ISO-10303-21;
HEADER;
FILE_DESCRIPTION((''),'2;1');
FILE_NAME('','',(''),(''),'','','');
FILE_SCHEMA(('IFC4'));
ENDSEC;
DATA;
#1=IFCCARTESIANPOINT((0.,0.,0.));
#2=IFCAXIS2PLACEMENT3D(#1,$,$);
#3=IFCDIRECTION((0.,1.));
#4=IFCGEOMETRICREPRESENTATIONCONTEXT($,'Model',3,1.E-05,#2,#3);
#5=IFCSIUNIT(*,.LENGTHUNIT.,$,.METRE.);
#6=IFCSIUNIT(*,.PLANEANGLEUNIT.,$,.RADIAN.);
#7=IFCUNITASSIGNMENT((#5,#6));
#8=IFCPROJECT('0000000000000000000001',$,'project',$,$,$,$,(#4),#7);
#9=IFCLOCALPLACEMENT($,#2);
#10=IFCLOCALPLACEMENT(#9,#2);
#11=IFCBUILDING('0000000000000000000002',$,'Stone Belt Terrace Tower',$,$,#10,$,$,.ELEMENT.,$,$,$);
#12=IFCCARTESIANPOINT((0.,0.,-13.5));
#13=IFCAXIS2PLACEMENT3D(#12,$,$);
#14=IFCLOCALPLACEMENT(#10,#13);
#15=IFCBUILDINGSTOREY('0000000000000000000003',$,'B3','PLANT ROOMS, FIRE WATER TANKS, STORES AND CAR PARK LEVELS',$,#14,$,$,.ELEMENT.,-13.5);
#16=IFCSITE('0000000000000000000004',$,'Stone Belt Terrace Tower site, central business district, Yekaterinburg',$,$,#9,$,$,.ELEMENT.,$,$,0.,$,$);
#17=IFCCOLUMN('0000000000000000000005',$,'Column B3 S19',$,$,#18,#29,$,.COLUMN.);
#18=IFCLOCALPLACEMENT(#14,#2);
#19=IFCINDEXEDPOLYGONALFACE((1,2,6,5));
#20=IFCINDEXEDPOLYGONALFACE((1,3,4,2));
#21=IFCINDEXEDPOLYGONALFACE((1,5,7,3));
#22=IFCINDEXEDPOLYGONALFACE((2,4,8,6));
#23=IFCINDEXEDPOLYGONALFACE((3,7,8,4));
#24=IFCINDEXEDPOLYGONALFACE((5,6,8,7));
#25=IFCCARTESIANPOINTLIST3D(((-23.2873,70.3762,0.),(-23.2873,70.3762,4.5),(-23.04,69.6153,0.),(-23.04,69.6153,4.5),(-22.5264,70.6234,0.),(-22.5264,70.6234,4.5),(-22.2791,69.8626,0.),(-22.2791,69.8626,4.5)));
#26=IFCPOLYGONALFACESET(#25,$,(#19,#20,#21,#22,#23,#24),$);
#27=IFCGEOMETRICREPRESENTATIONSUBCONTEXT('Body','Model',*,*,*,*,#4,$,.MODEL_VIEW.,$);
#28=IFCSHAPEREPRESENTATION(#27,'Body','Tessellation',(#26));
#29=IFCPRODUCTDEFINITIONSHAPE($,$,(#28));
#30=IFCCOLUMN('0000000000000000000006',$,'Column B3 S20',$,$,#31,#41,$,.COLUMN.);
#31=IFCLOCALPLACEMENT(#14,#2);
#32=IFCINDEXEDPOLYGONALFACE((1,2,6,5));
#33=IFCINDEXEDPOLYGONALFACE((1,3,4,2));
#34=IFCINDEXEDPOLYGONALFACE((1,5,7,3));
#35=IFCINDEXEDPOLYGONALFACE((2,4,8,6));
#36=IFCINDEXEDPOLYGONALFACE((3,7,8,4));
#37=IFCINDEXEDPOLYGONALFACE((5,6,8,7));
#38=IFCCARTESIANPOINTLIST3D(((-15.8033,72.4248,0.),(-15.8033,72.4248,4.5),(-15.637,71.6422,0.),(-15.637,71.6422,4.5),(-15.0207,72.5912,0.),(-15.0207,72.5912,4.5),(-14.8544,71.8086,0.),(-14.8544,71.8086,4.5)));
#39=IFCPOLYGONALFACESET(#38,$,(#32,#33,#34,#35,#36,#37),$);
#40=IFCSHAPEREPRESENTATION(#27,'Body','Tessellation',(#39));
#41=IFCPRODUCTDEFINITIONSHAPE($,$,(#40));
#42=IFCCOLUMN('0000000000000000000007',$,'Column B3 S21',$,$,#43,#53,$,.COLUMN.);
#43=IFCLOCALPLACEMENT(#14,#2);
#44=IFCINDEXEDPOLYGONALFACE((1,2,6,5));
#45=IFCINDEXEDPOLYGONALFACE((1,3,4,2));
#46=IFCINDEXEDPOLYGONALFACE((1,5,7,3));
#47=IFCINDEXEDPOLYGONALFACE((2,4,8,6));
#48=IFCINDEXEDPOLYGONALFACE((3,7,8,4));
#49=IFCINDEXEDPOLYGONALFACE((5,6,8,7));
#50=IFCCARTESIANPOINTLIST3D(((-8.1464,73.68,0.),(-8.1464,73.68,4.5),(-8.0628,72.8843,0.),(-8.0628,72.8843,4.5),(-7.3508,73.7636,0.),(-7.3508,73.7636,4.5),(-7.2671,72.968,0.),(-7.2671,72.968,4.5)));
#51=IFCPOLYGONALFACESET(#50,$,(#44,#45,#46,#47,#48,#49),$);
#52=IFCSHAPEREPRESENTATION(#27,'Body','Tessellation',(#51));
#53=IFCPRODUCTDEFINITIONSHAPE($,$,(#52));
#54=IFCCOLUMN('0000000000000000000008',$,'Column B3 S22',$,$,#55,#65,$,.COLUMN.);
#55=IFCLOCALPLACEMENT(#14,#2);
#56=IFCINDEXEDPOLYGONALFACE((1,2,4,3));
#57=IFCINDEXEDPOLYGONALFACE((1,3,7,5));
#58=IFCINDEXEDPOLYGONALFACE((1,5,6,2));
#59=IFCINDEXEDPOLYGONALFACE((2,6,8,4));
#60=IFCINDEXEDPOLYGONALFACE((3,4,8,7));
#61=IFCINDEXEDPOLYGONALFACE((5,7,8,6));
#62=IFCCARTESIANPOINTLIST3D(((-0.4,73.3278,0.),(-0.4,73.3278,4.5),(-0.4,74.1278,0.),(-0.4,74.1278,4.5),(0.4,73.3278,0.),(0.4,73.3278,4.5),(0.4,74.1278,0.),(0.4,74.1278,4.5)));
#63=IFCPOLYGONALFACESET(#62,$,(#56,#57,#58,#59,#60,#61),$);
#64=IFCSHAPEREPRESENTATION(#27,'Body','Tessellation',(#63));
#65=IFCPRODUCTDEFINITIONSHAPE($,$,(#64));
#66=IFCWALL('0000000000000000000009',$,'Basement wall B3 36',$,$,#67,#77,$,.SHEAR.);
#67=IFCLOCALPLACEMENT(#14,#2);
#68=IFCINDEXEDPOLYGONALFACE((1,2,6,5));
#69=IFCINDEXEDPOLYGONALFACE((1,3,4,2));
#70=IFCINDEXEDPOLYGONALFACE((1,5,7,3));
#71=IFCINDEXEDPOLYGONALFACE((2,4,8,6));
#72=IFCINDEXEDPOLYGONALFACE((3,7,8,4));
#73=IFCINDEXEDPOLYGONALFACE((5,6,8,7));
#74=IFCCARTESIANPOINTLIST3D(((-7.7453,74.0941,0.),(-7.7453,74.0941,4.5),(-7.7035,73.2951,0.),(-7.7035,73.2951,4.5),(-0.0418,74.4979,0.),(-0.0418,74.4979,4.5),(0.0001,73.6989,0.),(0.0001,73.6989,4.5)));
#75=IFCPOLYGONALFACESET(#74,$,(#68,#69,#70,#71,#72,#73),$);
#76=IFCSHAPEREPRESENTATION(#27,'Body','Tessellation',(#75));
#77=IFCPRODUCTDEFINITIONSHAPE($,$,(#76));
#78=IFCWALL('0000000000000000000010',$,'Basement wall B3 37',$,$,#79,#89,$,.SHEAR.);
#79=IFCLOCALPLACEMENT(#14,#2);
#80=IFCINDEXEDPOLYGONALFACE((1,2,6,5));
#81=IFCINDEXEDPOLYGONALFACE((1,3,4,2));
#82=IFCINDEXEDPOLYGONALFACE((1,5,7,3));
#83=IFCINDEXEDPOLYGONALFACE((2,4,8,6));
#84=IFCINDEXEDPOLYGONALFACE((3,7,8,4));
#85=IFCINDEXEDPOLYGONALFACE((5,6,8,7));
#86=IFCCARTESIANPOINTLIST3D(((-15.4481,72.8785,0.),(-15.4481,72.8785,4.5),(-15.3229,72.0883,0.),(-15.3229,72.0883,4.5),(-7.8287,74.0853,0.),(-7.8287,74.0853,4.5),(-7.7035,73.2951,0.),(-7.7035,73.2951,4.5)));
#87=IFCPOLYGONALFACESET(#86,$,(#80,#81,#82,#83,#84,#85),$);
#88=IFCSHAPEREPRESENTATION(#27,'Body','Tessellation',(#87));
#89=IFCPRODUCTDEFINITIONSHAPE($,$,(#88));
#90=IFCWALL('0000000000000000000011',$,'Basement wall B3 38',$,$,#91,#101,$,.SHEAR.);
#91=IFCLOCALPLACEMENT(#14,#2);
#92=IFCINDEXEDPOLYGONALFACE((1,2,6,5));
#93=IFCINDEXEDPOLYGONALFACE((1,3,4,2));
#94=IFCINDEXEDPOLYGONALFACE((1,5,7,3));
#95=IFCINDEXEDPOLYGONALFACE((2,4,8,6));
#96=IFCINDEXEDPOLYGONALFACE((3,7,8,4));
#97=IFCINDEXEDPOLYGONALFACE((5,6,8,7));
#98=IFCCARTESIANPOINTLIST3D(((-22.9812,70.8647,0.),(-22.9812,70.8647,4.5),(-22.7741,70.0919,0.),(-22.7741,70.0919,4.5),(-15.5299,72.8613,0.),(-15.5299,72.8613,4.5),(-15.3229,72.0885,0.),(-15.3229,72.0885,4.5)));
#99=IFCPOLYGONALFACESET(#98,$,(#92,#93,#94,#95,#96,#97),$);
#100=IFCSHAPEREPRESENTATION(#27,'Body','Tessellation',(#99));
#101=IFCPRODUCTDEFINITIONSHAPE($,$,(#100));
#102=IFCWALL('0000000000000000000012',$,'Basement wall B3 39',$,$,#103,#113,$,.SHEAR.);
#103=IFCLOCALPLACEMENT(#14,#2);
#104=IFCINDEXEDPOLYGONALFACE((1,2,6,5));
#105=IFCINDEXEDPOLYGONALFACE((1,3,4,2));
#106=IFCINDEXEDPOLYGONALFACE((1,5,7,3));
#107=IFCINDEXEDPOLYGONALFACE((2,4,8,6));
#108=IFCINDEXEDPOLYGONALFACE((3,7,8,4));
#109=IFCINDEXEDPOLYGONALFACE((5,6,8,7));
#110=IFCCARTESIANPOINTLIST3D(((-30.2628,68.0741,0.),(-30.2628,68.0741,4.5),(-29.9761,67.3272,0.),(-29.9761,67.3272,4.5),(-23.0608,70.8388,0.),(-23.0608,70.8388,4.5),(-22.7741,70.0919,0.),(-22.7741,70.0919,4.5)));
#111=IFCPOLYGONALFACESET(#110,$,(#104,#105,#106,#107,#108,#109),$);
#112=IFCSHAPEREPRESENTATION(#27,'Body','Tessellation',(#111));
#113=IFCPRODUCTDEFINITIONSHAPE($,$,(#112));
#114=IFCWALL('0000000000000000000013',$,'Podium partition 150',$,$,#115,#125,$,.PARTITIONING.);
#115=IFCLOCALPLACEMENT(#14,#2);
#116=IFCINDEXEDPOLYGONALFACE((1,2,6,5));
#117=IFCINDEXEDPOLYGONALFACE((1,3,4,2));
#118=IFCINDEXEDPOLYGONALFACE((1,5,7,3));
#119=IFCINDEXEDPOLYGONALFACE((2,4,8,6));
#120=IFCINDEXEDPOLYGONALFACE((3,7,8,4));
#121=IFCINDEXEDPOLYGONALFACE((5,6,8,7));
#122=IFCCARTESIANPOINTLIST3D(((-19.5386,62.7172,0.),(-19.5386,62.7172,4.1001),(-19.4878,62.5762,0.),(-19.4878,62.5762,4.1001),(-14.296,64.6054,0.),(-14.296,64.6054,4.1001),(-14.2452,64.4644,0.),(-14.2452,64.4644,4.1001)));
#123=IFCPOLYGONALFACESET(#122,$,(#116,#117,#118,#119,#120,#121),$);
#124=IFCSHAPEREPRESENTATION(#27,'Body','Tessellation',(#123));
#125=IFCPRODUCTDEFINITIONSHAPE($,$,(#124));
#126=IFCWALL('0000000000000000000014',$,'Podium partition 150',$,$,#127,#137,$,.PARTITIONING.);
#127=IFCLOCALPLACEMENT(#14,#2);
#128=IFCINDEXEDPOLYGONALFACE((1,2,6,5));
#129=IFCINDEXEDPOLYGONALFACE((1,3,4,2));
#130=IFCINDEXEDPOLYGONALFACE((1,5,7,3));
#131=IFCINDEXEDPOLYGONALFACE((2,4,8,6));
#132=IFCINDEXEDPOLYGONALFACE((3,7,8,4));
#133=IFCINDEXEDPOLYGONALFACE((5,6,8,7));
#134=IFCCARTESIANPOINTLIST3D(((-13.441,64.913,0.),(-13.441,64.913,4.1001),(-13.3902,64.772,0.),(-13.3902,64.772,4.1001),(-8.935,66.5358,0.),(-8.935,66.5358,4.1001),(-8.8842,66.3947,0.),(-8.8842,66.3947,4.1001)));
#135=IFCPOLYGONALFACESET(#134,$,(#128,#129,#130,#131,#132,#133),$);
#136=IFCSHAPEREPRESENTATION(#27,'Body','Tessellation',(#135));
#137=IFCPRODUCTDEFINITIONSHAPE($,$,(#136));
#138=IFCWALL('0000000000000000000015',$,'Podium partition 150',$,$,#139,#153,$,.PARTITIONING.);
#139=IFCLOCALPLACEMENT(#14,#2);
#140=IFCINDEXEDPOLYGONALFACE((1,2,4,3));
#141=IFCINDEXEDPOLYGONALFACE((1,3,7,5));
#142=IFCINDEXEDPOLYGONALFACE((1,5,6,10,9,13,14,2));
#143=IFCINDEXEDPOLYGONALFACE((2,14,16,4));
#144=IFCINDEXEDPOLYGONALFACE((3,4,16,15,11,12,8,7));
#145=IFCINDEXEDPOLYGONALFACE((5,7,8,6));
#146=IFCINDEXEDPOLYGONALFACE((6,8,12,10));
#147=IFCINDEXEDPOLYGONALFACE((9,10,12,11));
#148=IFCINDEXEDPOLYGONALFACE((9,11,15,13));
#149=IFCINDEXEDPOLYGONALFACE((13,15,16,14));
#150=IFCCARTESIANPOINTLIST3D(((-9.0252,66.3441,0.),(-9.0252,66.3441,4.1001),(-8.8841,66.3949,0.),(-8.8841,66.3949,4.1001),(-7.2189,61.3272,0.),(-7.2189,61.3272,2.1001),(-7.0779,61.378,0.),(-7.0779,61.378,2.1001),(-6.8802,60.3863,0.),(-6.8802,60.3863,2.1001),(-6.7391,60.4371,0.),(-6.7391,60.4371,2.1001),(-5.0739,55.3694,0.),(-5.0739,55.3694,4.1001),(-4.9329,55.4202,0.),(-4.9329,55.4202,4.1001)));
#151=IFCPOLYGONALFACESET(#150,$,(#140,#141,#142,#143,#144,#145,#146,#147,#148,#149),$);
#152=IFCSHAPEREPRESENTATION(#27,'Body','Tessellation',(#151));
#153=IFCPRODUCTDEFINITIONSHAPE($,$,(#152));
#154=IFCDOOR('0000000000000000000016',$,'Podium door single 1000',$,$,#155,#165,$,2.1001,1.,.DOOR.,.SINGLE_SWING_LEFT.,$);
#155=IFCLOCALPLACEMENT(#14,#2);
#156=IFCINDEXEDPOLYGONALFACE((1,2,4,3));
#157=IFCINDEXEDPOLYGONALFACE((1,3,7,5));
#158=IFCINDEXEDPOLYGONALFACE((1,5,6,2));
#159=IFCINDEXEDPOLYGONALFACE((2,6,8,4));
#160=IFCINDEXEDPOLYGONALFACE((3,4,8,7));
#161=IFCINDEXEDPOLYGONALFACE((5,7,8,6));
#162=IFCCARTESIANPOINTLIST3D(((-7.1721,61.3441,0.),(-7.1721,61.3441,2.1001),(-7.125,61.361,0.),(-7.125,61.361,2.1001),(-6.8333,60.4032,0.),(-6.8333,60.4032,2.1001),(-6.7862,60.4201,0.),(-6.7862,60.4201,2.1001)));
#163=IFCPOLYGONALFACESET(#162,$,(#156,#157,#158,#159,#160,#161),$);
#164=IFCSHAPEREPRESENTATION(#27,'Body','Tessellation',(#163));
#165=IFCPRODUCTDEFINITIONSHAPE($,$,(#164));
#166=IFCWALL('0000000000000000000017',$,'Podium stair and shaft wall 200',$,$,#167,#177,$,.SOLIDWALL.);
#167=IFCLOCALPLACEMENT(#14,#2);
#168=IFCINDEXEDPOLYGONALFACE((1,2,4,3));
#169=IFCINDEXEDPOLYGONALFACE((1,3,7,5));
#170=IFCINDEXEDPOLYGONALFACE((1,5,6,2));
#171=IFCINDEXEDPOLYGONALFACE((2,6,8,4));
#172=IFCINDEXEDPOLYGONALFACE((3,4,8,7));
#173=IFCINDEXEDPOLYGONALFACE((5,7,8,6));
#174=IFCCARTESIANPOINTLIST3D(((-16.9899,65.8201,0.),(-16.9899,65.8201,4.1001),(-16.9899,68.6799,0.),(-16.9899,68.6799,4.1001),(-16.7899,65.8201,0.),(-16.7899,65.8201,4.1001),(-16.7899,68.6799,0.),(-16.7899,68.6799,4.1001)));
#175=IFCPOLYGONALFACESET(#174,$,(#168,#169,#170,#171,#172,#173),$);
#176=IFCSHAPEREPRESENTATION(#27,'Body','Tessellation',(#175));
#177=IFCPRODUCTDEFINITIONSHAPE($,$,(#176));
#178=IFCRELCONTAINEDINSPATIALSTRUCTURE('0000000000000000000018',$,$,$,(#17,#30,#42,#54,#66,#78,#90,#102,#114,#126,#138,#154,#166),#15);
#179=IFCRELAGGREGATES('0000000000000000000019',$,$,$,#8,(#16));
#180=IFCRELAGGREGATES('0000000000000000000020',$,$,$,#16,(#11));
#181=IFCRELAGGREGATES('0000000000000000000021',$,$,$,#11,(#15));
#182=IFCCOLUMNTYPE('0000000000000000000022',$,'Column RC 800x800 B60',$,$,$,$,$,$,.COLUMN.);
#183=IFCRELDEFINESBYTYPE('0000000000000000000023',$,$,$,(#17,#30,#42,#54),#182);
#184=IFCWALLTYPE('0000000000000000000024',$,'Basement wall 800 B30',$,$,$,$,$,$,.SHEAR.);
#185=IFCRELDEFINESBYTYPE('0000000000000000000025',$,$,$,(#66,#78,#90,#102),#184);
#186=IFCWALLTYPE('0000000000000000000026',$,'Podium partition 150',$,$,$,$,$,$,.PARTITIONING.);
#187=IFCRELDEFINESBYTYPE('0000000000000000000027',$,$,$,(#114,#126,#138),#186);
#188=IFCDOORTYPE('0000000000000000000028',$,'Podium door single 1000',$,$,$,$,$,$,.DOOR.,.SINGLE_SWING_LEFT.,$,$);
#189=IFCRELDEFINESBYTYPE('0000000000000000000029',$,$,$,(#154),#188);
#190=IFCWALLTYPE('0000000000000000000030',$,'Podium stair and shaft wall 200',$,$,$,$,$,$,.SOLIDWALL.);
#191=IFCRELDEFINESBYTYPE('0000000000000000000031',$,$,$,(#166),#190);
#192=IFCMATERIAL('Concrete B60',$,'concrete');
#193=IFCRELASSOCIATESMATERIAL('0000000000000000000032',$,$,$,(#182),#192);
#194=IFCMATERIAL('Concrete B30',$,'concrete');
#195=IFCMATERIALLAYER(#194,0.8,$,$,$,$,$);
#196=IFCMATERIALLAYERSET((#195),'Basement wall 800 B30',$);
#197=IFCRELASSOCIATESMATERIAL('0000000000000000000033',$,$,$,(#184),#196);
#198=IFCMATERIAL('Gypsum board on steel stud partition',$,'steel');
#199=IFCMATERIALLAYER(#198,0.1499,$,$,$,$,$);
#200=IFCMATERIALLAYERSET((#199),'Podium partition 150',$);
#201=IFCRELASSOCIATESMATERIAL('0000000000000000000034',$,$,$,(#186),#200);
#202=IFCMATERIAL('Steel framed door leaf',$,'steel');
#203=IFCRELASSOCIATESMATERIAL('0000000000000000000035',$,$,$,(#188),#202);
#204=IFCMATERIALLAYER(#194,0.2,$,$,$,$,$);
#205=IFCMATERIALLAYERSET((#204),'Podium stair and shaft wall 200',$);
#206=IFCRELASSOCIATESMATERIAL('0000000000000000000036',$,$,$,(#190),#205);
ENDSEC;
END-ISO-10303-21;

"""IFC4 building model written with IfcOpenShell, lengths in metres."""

from ifc_helpers import new_model, si_unit, direction, frame, frame_2d, origin, origin_2d, place, context, subcontext, project, spatial, rectangle, extrude, material, layer, layer_set, material_profile, profile_set, type_object, element, fill, save


model = new_model("IFC4")

# Units and contexts
model_context = context("Model", 3, precision=1e-05, world=origin(), true_north=direction((0.0, 1.0)))
body_context = subcontext(model_context, "Body", "Model", "MODEL_VIEW")
ifc_project = project(units=[si_unit("LENGTHUNIT", "METRE"), si_unit("PLANEANGLEUNIT", "RADIAN")], contexts=[model_context])

# Site, building, storey
site_placement = place(None, origin())
site = spatial("IfcSite", under=ifc_project, at=site_placement, Name="Stone Belt Terrace Tower site, central business district, Yekaterinburg", CompositionType="ELEMENT", RefElevation=0.0)
building_placement = place(site_placement, origin())
building = spatial("IfcBuilding", under=site, at=building_placement, Name="Stone Belt Terrace Tower", CompositionType="ELEMENT")
storey_placement = place(building_placement, frame((0.0, 0.0, -13.5)))
storey = spatial("IfcBuildingStorey", under=building, at=storey_placement, Name="B3", Description="PLANT ROOMS, FIRE WATER TANKS, STORES AND CAR PARK LEVELS", CompositionType="ELEMENT", Elevation=-13.5)

# Columns
ifc_material_1 = material(Name="Concrete B60", Category="concrete")
ifc_material_profile_1 = material_profile(ifc_material_1, rectangle(XDim=0.8, YDim=0.8, at=origin_2d()), Name="RC 800x800")
ifc_profile_set_1 = profile_set([ifc_material_profile_1], Name="Concrete B60")
column_type_1 = type_object("IfcColumnType", Name="Column RC 800x800 B60", PredefinedType="COLUMN", material=ifc_profile_set_1)
for number, where, z_axis, x_axis, name in (
    (1, (-22.7832, 70.1194, 0.0), (0.0, 0.0, 1.0), (0.951057, 0.309017, 0.0), "Column B3 S19"),
    (2, (-15.3289, 72.1167, 0.0), (0.0, 0.0, 1.0), (0.978148, 0.207912, 0.0), "Column B3 S20"),
    (3, (-7.7068, 73.324, 0.0), (0.0, 0.0, 1.0), (0.994522, 0.104528, 0.0), "Column B3 S21"),
    (4, (0.0, 73.7278, 0.0), (0.0, 0.0, 1.0), (1.0, 0.0, 0.0), "Column B3 S22"),
):
    element("IfcColumn", number, at=place(storey_placement, frame(where, z_axis=z_axis, x_axis=x_axis)), inside=storey, type_object=column_type_1, Name=name, PredefinedType="COLUMN", context=body_context, shape_type="SweptSolid", body=[
        extrude(rectangle(XDim=0.8, YDim=0.8, at=origin_2d()), origin(), (0.0, 0.0, 1.0), 4.5),
    ])

# Walls
ifc_material_2 = material(Name="Concrete B30", Category="concrete")
ifc_layer_1 = layer(ifc_material_2, 0.8)
ifc_layer_set_1 = layer_set([ifc_layer_1], Name="Basement wall 800 B30")
wall_type_1 = type_object("IfcWallType", Name="Basement wall 800 B30", PredefinedType="SHEAR", material=ifc_layer_set_1)
wall_1_placement = place(storey_placement, frame((-0.021, 74.0984, 0.0), z_axis=(0.0, 0.0, 1.0), x_axis=(-0.998629, -0.052346, 0.0)))
element("IfcWall", 5, at=wall_1_placement, inside=storey, type_object=wall_type_1, Name="Basement wall B3 36", PredefinedType="SHEAR", context=body_context, shape_type="SweptSolid", body=[
    extrude(rectangle(XDim=7.7141, YDim=0.8, at=frame_2d((3.8569, 0.0))), origin(), (0.0, 0.0, 1.0), 4.5),
])
wall_2_placement = place(storey_placement, frame((-7.7661, 73.6902, 0.0), z_axis=(0.0, 0.0, 1.0), x_axis=(-0.987688, -0.156434, 0.0)))
element("IfcWall", 6, at=wall_2_placement, inside=storey, type_object=wall_type_1, Name="Basement wall B3 37", PredefinedType="SHEAR", context=body_context, shape_type="SweptSolid", body=[
    extrude(rectangle(XDim=7.7144, YDim=0.8, at=frame_2d((3.8572, 0.0))), origin(), (0.0, 0.0, 1.0), 4.5),
])
wall_3_placement = place(storey_placement, frame((-15.4265, 72.4749, 0.0), z_axis=(0.0, 0.0, 1.0), x_axis=(-0.965924, -0.258825, 0.0)))
element("IfcWall", 7, at=wall_3_placement, inside=storey, type_object=wall_type_1, Name="Basement wall B3 38", PredefinedType="SHEAR", context=body_context, shape_type="SweptSolid", body=[
    extrude(rectangle(XDim=7.7141, YDim=0.8, at=frame_2d((3.8569, 0.0))), origin(), (0.0, 0.0, 1.0), 4.5),
])
wall_4_placement = place(storey_placement, frame((-22.9175, 70.4653, 0.0), z_axis=(0.0, 0.0, 1.0), x_axis=(-0.933576, -0.358379, 0.0)))
element("IfcWall", 8, at=wall_4_placement, inside=storey, type_object=wall_type_1, Name="Basement wall B3 39", PredefinedType="SHEAR", context=body_context, shape_type="SweptSolid", body=[
    extrude(rectangle(XDim=7.7144, YDim=0.8, at=frame_2d((3.8572, 0.0))), origin(), (0.0, 0.0, 1.0), 4.5),
])
ifc_material_3 = material(Name="Gypsum board on steel stud partition", Category="steel")
ifc_layer_2 = layer(ifc_material_3, 0.1499)
ifc_layer_set_2 = layer_set([ifc_layer_2], Name="Podium partition 150")
wall_type_2 = type_object("IfcWallType", Name="Podium partition 150", PredefinedType="PARTITIONING", material=ifc_layer_set_2)
wall_5_placement = place(storey_placement, frame((-19.5132, 62.6467, 0.0), z_axis=(0.0, 0.0, 1.0), x_axis=(0.94084, 0.33885, 0.0)))
element("IfcWall", 9, at=wall_5_placement, inside=storey, type_object=wall_type_2, Name="Podium partition 150", PredefinedType="PARTITIONING", context=body_context, shape_type="SweptSolid", body=[
    extrude(rectangle(XDim=5.5723, YDim=0.1499, at=frame_2d((2.7861, 0.0))), origin(), (0.0, 0.0, 1.0), 4.1001),
])
wall_6_placement = place(storey_placement, frame((-13.4155, 64.8425, 0.0), z_axis=(0.0, 0.0, 1.0), x_axis=(0.940847, 0.338831, 0.0)))
element("IfcWall", 10, at=wall_6_placement, inside=storey, type_object=wall_type_2, Name="Podium partition 150", PredefinedType="PARTITIONING", context=body_context, shape_type="SweptSolid", body=[
    extrude(rectangle(XDim=4.7893, YDim=0.1499, at=frame_2d((2.3945, 0.0))), origin(), (0.0, 0.0, 1.0), 4.1001),
])

# Wall, opening, door
wall_7_placement = place(storey_placement, frame((-8.9546, 66.3694, 0.0), z_axis=(0.0, 0.0, 1.0), x_axis=(0.338743, -0.940879, 0.0)))
wall_7 = element("IfcWall", 11, at=wall_7_placement, inside=storey, type_object=wall_type_2, Name="Podium partition 150", PredefinedType="PARTITIONING", context=body_context, shape_type="SweptSolid", body=[
    extrude(rectangle(XDim=11.6643, YDim=0.1499, at=frame_2d((5.832, 0.0))), origin(), (0.0, 0.0, 1.0), 4.1001),
])
opening_placement = place(wall_7_placement, frame((5.332, 0.0, 0.0)))
opening = element("IfcOpeningElement", 12, at=opening_placement, cuts=wall_7, PredefinedType="OPENING", context=body_context, shape_type="SweptSolid", body=[
    extrude(rectangle(XDim=1.0, YDim=2.1001, at=frame_2d((0.5, 1.05))), frame((0.0, 0.085, 0.0), z_axis=(0.0, -1.0, 0.0), x_axis=(1.0, 0.0, 0.0)), (0.0, 0.0, 1.0), 0.1699),
])
ifc_material_4 = material(Name="Steel framed door leaf", Category="steel")
door_type = type_object("IfcDoorType", Name="Podium door single 1000", OperationType="SINGLE_SWING_LEFT", PredefinedType="DOOR", material=ifc_material_4)
door_placement = place(opening_placement, origin())
door = element("IfcDoor", 13, at=door_placement, inside=storey, type_object=door_type, Name="Podium door single 1000", OperationType="SINGLE_SWING_LEFT", OverallHeight=2.1001, OverallWidth=1.0, PredefinedType="DOOR", context=body_context, shape_type="SweptSolid", body=[
    extrude(rectangle(XDim=1.0, YDim=2.1001, at=frame_2d((0.5, 1.05))), frame((0.0, 0.0249, 0.0), z_axis=(0.0, -1.0, 0.0), x_axis=(1.0, 0.0, 0.0)), (0.0, 0.0, 1.0), 0.05),
])
fill(opening, door)

# Wall
ifc_layer_3 = layer(ifc_material_2, 0.2)
ifc_layer_set_3 = layer_set([ifc_layer_3], Name="Podium stair and shaft wall 200")
wall_type_3 = type_object("IfcWallType", Name="Podium stair and shaft wall 200", PredefinedType="SOLIDWALL", material=ifc_layer_set_3)
wall_8_placement = place(storey_placement, frame((-16.8899, 65.8201, 0.0), z_axis=(0.0, 0.0, 1.0), x_axis=(0.0, 1.0, 0.0)))
element("IfcWall", 14, at=wall_8_placement, inside=storey, type_object=wall_type_3, Name="Podium stair and shaft wall 200", PredefinedType="SOLIDWALL", context=body_context, shape_type="SweptSolid", body=[
    extrude(rectangle(XDim=2.8599, YDim=0.2, at=frame_2d((1.4299, 0.0))), origin(), (0.0, 0.0, 1.0), 4.1001),
])

save(model, "model.ifc")
